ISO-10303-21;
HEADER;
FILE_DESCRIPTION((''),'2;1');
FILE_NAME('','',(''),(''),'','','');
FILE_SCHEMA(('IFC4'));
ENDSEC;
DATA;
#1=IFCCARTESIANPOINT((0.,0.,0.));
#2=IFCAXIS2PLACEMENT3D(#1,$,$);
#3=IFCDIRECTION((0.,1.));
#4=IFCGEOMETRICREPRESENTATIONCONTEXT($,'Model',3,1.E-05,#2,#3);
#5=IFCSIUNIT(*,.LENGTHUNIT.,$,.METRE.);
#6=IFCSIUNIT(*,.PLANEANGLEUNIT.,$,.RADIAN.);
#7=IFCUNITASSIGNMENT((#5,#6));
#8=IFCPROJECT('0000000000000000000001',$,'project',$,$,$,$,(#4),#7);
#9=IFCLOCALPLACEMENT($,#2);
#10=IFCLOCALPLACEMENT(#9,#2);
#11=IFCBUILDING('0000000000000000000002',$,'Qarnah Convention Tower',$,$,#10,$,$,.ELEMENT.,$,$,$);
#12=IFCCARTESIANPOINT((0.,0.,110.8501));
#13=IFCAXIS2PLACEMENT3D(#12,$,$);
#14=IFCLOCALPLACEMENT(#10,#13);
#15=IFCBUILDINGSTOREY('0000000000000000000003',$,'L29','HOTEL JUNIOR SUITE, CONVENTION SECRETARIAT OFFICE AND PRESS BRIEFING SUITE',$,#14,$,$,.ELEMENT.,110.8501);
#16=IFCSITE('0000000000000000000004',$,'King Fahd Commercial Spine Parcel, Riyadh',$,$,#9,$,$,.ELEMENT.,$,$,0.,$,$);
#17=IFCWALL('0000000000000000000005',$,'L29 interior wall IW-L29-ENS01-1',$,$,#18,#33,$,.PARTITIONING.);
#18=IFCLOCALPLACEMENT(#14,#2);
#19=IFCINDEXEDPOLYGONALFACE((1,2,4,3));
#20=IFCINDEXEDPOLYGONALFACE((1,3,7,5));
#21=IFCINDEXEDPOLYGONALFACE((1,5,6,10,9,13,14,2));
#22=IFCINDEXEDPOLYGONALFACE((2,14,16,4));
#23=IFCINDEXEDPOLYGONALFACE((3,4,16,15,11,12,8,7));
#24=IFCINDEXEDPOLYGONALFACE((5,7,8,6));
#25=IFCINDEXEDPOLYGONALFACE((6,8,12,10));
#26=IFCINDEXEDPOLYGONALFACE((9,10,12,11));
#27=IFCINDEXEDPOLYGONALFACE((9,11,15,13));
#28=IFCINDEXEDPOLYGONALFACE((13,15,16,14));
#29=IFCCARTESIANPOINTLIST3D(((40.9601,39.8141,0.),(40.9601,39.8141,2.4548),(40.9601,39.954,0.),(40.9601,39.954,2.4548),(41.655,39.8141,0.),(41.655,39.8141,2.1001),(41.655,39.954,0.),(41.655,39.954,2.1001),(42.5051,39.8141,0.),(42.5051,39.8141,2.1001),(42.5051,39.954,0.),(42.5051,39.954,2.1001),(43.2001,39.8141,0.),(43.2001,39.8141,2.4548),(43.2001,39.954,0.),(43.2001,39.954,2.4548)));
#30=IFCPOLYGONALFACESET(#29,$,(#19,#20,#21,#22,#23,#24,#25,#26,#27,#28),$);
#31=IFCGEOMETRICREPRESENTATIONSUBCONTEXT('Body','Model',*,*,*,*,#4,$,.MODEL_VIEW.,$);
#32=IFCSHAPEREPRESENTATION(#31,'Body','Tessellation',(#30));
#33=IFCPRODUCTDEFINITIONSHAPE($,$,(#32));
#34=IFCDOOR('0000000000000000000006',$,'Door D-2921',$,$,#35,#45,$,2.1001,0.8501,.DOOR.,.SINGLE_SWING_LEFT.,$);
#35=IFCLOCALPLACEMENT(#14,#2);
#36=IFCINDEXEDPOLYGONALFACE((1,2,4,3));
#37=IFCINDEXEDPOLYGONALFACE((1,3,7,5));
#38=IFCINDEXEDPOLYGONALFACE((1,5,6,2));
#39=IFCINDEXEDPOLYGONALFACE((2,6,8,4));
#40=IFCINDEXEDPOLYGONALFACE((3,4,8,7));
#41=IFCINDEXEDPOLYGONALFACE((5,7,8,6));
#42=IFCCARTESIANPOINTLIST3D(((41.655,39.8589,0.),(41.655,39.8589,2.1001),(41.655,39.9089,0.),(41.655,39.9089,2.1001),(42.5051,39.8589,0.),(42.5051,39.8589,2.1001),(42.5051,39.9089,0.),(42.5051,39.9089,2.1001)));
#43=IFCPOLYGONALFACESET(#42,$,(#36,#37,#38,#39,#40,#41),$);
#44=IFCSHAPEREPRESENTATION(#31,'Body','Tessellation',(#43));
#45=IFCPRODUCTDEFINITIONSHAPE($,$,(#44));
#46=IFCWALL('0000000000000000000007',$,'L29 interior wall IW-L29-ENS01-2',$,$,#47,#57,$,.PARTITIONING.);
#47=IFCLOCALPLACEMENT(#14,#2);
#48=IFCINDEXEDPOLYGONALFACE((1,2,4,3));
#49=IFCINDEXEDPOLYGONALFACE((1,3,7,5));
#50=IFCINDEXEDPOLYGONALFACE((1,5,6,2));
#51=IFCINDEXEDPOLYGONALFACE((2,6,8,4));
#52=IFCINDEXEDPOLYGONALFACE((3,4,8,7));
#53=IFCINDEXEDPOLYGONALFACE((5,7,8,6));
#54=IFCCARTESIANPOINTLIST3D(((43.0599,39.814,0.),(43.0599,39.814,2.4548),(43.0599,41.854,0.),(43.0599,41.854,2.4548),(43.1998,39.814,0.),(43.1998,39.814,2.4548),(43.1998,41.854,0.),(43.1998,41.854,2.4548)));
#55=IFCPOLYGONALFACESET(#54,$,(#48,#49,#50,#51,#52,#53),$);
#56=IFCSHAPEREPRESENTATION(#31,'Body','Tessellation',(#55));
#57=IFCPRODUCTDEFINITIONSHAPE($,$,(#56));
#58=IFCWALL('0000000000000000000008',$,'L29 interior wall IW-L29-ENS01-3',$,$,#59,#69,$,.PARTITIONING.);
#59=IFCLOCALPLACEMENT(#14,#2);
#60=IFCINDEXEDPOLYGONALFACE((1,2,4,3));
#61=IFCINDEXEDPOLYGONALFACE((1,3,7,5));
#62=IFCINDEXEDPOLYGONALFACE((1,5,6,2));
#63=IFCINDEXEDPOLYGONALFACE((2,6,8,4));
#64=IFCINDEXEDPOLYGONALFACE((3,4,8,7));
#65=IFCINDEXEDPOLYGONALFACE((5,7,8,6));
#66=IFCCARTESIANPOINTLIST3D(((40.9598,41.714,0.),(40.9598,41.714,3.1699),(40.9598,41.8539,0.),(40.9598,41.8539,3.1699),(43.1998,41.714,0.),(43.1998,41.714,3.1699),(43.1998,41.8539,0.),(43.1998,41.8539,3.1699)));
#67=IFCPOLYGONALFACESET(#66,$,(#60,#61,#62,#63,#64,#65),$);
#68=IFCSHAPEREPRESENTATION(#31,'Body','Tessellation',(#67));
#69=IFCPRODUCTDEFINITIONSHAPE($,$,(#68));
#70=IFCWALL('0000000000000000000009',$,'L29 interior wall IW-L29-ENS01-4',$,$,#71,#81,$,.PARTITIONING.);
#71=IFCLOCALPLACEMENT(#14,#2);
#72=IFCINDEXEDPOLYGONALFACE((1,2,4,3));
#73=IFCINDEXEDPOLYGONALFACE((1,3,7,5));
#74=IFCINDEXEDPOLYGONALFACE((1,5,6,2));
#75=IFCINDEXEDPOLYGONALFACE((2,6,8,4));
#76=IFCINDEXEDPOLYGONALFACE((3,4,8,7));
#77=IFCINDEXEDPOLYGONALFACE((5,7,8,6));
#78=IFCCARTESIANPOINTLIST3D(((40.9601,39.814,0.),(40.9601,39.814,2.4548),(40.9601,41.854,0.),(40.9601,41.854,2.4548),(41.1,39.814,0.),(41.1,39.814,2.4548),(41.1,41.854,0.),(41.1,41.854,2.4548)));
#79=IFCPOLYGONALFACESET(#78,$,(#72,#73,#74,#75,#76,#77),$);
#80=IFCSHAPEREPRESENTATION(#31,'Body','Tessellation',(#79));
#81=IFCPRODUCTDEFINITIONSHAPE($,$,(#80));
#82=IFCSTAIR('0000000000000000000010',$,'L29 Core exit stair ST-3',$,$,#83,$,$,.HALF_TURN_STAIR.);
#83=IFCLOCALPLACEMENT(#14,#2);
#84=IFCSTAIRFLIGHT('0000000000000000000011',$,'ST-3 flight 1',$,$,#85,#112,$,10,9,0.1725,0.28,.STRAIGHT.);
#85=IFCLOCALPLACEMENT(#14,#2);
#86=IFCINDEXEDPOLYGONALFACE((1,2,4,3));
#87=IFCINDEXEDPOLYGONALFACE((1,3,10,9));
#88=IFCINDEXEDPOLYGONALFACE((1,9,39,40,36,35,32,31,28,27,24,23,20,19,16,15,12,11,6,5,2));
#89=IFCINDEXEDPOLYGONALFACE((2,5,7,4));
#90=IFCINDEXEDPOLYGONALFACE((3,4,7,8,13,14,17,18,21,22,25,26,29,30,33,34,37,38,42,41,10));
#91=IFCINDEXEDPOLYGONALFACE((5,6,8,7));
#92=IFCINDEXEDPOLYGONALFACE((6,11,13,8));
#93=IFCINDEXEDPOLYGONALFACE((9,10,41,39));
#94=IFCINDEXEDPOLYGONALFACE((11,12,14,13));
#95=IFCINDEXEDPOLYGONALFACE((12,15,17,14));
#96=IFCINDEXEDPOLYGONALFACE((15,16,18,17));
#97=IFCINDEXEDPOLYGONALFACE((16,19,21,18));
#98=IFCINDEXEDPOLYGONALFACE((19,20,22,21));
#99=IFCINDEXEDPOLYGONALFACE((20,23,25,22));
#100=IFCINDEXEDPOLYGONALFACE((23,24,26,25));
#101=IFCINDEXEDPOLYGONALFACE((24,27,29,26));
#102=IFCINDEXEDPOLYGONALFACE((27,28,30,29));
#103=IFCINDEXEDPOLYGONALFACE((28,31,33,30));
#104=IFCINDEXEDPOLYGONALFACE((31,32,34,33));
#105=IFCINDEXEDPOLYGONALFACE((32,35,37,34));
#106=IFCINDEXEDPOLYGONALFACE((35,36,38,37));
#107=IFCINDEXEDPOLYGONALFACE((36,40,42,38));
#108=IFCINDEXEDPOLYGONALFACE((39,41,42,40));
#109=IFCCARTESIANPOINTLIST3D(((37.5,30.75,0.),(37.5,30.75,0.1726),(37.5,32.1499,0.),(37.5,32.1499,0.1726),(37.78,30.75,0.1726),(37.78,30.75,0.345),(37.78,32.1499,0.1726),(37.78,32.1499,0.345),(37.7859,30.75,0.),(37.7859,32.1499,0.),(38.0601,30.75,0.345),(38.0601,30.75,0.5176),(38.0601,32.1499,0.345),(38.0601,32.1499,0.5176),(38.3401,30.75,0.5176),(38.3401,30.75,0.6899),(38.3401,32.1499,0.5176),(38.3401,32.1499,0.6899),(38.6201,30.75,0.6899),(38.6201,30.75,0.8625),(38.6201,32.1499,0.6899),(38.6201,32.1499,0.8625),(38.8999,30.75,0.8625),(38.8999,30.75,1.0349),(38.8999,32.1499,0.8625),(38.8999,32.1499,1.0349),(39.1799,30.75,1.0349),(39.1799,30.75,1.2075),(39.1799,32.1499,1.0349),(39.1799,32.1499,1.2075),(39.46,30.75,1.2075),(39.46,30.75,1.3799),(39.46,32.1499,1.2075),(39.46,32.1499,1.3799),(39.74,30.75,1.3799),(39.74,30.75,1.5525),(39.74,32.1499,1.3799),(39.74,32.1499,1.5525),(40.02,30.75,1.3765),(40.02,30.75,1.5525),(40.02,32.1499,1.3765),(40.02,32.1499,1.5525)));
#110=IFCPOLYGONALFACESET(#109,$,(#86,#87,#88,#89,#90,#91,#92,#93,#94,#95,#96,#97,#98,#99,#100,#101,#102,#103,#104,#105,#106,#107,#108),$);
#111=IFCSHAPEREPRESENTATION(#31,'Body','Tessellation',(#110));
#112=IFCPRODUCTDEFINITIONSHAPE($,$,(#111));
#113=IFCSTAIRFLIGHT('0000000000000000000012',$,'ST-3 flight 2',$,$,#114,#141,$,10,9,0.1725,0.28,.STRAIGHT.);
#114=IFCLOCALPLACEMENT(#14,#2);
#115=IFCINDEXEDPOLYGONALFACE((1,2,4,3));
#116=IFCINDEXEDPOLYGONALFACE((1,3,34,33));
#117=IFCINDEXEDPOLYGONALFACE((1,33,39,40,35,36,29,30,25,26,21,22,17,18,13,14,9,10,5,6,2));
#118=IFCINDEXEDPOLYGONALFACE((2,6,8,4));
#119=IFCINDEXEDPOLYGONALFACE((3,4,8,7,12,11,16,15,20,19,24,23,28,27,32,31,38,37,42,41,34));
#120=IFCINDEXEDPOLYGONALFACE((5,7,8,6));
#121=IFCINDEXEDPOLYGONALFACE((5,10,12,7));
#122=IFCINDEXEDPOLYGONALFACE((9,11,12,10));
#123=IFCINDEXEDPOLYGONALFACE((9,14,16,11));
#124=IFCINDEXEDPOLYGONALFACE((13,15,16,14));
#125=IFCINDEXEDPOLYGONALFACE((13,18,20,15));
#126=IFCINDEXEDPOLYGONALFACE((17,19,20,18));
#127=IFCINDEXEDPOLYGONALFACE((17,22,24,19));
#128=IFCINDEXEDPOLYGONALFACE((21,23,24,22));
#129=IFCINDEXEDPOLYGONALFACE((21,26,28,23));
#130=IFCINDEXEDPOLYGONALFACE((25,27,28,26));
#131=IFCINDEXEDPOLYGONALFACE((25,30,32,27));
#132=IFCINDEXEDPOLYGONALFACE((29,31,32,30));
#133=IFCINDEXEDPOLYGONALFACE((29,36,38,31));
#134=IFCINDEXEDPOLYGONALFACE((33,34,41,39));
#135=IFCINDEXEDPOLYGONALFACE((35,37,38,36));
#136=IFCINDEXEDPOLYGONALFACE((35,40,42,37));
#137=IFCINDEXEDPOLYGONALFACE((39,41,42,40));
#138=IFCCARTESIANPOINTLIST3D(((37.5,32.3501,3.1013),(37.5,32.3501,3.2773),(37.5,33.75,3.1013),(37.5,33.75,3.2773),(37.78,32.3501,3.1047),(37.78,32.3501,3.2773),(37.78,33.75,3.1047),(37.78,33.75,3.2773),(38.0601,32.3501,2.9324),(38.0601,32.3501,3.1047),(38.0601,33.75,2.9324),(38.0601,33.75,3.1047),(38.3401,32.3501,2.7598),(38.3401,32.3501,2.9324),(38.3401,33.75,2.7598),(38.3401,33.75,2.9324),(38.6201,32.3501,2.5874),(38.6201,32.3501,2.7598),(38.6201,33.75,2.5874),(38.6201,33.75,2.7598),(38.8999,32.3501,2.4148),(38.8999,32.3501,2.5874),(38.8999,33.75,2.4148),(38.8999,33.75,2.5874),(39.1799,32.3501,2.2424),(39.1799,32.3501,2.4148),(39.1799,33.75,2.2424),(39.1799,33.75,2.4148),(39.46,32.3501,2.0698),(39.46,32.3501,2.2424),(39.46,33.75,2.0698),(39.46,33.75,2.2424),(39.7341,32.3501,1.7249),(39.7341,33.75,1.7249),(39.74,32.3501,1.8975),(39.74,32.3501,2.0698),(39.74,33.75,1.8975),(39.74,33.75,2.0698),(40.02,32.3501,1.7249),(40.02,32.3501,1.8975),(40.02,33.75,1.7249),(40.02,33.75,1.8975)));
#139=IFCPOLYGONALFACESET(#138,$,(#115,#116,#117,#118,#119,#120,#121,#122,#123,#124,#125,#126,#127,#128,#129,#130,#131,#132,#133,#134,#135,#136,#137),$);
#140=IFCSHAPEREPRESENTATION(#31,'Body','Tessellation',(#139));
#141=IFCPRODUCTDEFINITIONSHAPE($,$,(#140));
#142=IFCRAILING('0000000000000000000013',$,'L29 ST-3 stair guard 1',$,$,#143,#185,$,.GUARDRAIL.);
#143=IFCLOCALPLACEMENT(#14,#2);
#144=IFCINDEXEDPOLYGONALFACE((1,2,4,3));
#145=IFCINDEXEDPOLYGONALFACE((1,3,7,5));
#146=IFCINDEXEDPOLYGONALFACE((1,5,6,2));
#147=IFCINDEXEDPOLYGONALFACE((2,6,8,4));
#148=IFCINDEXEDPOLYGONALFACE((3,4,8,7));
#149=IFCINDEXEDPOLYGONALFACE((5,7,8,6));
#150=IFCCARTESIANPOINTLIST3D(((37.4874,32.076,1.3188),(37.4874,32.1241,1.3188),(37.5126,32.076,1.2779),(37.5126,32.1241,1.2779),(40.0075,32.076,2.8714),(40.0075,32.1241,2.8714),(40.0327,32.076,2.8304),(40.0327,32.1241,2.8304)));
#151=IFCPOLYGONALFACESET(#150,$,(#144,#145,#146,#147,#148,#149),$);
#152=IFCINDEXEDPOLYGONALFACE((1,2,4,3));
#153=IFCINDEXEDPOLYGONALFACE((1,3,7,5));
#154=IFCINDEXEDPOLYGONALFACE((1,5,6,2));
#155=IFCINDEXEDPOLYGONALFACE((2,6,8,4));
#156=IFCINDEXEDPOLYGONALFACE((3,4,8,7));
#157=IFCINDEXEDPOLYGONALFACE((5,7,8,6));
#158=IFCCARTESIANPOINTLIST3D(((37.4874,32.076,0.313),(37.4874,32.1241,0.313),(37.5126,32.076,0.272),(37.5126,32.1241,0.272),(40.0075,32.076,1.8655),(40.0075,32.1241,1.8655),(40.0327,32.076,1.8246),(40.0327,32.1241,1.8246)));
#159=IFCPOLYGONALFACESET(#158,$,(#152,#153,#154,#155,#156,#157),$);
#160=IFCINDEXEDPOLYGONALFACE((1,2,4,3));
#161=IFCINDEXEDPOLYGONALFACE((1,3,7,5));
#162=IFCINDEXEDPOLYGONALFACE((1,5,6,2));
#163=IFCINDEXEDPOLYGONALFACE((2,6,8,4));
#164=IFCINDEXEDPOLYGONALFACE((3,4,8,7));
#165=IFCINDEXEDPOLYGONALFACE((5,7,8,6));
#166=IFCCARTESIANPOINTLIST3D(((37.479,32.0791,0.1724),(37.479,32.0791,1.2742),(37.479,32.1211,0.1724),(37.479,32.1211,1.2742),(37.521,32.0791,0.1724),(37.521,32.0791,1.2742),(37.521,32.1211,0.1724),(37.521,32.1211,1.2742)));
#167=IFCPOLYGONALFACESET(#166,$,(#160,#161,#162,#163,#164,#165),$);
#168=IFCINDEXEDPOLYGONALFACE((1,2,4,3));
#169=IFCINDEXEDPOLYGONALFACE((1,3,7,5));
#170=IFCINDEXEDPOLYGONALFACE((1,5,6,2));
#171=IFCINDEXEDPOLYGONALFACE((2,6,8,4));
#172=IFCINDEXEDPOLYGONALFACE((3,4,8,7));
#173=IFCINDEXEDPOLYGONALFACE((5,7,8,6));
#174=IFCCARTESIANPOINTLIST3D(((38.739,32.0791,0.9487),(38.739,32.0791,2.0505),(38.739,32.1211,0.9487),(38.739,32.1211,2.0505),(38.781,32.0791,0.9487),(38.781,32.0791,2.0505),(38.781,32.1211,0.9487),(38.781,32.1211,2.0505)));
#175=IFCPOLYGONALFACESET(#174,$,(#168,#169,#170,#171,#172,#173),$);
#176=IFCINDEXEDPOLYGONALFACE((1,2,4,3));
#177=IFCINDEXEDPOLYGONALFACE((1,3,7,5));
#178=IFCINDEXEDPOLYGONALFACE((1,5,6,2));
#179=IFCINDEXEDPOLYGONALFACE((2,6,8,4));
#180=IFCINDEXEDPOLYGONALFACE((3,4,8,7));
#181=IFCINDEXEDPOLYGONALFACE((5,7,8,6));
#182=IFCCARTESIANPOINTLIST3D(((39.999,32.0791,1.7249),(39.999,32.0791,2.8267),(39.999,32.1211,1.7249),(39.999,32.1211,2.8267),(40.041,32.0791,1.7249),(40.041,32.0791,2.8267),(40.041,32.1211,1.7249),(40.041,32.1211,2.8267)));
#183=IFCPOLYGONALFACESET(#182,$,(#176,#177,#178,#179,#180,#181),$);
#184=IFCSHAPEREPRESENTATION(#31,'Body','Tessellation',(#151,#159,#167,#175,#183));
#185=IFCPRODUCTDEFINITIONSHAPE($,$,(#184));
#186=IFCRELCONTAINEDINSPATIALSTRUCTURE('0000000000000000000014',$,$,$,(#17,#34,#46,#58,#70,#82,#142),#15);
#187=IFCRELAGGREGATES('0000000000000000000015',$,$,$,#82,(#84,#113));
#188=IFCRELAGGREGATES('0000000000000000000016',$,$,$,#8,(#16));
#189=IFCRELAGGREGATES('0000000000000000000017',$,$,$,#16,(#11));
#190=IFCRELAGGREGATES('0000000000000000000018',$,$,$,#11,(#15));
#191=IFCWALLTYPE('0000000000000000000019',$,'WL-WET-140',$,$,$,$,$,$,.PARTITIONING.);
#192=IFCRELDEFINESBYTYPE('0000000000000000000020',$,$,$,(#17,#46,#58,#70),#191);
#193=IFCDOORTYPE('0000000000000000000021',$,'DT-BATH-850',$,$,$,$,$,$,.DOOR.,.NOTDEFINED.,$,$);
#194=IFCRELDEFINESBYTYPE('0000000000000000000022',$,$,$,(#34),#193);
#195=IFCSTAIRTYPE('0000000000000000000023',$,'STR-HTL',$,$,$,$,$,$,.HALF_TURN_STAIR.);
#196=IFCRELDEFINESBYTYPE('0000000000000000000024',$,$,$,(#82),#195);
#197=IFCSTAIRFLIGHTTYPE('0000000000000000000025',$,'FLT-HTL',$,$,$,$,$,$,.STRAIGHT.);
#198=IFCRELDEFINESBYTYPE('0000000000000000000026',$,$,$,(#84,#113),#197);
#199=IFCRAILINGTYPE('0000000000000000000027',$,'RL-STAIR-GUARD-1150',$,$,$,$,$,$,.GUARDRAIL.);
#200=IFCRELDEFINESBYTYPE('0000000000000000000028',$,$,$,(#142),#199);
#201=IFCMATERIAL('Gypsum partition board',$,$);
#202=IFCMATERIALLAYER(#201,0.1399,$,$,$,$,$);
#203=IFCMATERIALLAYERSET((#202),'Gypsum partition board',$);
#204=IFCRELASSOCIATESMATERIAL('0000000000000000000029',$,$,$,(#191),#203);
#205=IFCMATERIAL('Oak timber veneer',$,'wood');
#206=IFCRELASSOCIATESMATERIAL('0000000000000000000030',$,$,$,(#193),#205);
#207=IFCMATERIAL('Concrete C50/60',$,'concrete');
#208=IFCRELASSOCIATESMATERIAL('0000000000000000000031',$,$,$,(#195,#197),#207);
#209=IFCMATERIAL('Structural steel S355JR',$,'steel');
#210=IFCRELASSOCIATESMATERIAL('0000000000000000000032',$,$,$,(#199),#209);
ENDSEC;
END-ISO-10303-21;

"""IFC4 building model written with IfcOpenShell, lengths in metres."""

from ifc_helpers import new_model, si_unit, direction, frame, frame_2d, origin, origin_2d, place, context, subcontext, project, spatial, polyline, rectangle, outline, extrude, material, layer, layer_set, type_object, element, fill, aggregate, save


model = new_model("IFC4")

# Units and contexts
model_context = context("Model", 3, precision=1e-05, world=origin(), true_north=direction((0.0, 1.0)))
body_context = subcontext(model_context, "Body", "Model", "MODEL_VIEW")
ifc_project = project(units=[si_unit("LENGTHUNIT", "METRE"), si_unit("PLANEANGLEUNIT", "RADIAN")], contexts=[model_context])

# Site, building, storey
site_placement = place(None, origin())
site = spatial("IfcSite", under=ifc_project, at=site_placement, Name="King Fahd Commercial Spine Parcel, Riyadh", CompositionType="ELEMENT", RefElevation=0.0)
building_placement = place(site_placement, origin())
building = spatial("IfcBuilding", under=site, at=building_placement, Name="Qarnah Convention Tower", CompositionType="ELEMENT")
storey_placement = place(building_placement, frame((0.0, 0.0, 110.8501)))
storey = spatial("IfcBuildingStorey", under=building, at=storey_placement, Name="L29", Description="HOTEL JUNIOR SUITE, CONVENTION SECRETARIAT OFFICE AND PRESS BRIEFING SUITE", CompositionType="ELEMENT", Elevation=110.8501)

# Shared definitions
ifc_material_1 = material(Name="Structural steel S355JR", Category="steel")

# Shared definitions
ifc_material_2 = material(Name="Gypsum partition board")
ifc_layer_1 = layer(ifc_material_2, 0.1399)
ifc_layer_set_1 = layer_set([ifc_layer_1], Name="Gypsum partition board")
wall_type_1 = type_object("IfcWallType", Name="WL-WET-140", PredefinedType="PARTITIONING", material=ifc_layer_set_1)
ifc_material_3 = material(Name="Oak timber veneer", Category="wood")

# Wall, opening, door
wall_1_placement = place(storey_placement, frame((40.96, 39.884, 0.0), z_axis=(0.0, 0.0, 1.0), x_axis=(1.0, 0.0, 0.0)))
wall_1 = element("IfcWall", 1, at=wall_1_placement, inside=storey, type_object=wall_type_1, Name="L29 interior wall IW-L29-ENS01-1", PredefinedType="PARTITIONING", context=body_context, shape_type="SweptSolid", body=[
    extrude(rectangle(XDim=2.24, YDim=0.1399, at=frame_2d((1.1201, 0.0))), origin(), (0.0, 0.0, 1.0), 2.4548),
])
opening_1_placement = place(wall_1_placement, frame((0.6951, 0.0, 0.0)))
opening_1 = element("IfcOpeningElement", 2, at=opening_1_placement, cuts=wall_1, PredefinedType="OPENING", context=body_context, shape_type="SweptSolid", body=[
    extrude(rectangle(XDim=0.8501, YDim=2.1001, at=frame_2d((0.425, 1.05))), frame((0.0, 0.0798, 0.0), z_axis=(0.0, -1.0, 0.0), x_axis=(1.0, 0.0, 0.0)), (0.0, 0.0, 1.0), 0.1599),
])
door_type_1 = type_object("IfcDoorType", Name="DT-BATH-850", OperationType="NOTDEFINED", PredefinedType="DOOR", material=ifc_material_3)
door_1_placement = place(opening_1_placement, origin())
door_1 = element("IfcDoor", 3, at=door_1_placement, inside=storey, type_object=door_type_1, Name="Door D-2921", OperationType="SINGLE_SWING_LEFT", OverallHeight=2.1001, OverallWidth=0.8501, PredefinedType="DOOR", context=body_context, shape_type="SweptSolid", body=[
    extrude(rectangle(XDim=0.8501, YDim=2.1001, at=frame_2d((0.425, 1.05))), frame((0.0, 0.0249, 0.0), z_axis=(0.0, -1.0, 0.0), x_axis=(1.0, 0.0, 0.0)), (0.0, 0.0, 1.0), 0.05),
])
fill(opening_1, door_1)

# Walls
wall_2_placement = place(storey_placement, frame((43.1299, 39.814, 0.0), z_axis=(0.0, 0.0, 1.0), x_axis=(0.0, 1.0, 0.0)))
element("IfcWall", 4, at=wall_2_placement, inside=storey, type_object=wall_type_1, Name="L29 interior wall IW-L29-ENS01-2", PredefinedType="PARTITIONING", context=body_context, shape_type="SweptSolid", body=[
    extrude(rectangle(XDim=2.04, YDim=0.1399, at=frame_2d((1.02, 0.0))), origin(), (0.0, 0.0, 1.0), 2.4548),
])
wall_3_placement = place(storey_placement, frame((43.2, 41.7839, 0.0), z_axis=(0.0, 0.0, 1.0), x_axis=(-1.0, 0.0, 0.0)))
element("IfcWall", 5, at=wall_3_placement, inside=storey, type_object=wall_type_1, Name="L29 interior wall IW-L29-ENS01-3", PredefinedType="PARTITIONING", context=body_context, shape_type="SweptSolid", body=[
    extrude(rectangle(XDim=2.24, YDim=0.1399, at=frame_2d((1.1201, 0.0))), origin(), (0.0, 0.0, 1.0), 3.1699),
])
wall_4_placement = place(storey_placement, frame((41.03, 41.854, 0.0), z_axis=(0.0, 0.0, 1.0), x_axis=(0.0, -1.0, 0.0)))
element("IfcWall", 6, at=wall_4_placement, inside=storey, type_object=wall_type_1, Name="L29 interior wall IW-L29-ENS01-4", PredefinedType="PARTITIONING", context=body_context, shape_type="SweptSolid", body=[
    extrude(rectangle(XDim=2.04, YDim=0.1399, at=frame_2d((1.02, 0.0))), origin(), (0.0, 0.0, 1.0), 2.4548),
])

# Stair, stair flights
ifc_material_4 = material(Name="Concrete C50/60", Category="concrete")
stair_type = type_object("IfcStairType", Name="STR-HTL", PredefinedType="HALF_TURN_STAIR", material=ifc_material_4)
stair_placement = place(storey_placement, origin())
stair = element("IfcStair", 7, at=stair_placement, inside=storey, type_object=stair_type, Name="L29 Core exit stair ST-3", PredefinedType="HALF_TURN_STAIR")
stair_flight_type = type_object("IfcStairFlightType", Name="FLT-HTL", PredefinedType="STRAIGHT", material=ifc_material_4)
stair_flight_1_placement = place(storey_placement, frame((37.5, 31.45, 0.0), z_axis=(0.0, 0.0, 1.0), x_axis=(1.0, 0.0, 0.0)))
stair_flight_1 = element("IfcStairFlight", 8, at=stair_flight_1_placement, type_object=stair_flight_type, Name="ST-3 flight 1", NumberOfRisers=10, NumberOfTreads=9, PredefinedType="STRAIGHT", RiserHeight=0.1725, TreadLength=0.28, context=body_context, shape_type="SweptSolid", body=[
    extrude(outline(polyline([(0.0, 0.0), (0.0, 0.1726), (0.28, 0.1726), (0.28, 0.345), (0.5601, 0.345), (0.5601, 0.5176), (0.8401, 0.5176), (0.8401, 0.6899), (1.1201, 0.6899), (1.1201, 0.8625), (1.3999, 0.8625), (1.3999, 1.0349), (1.6799, 1.0349), (1.6799, 1.2075), (1.96, 1.2075), (1.96, 1.3799), (2.24, 1.3799), (2.24, 1.5525), (2.52, 1.5525), (2.52, 1.7251), (2.52, 1.3765), (0.2859, 0.0), (0.0, 0.0)])), frame((0.0, 0.7, 0.0), z_axis=(0.0, -1.0, 0.0), x_axis=(1.0, 0.0, 0.0)), (0.0, 0.0, 1.0), 1.3999),
])
stair_flight_2_placement = place(storey_placement, frame((40.02, 33.05, 1.7249), z_axis=(0.0, 0.0, 1.0), x_axis=(-1.0, 0.0, 0.0)))
stair_flight_2 = element("IfcStairFlight", 9, at=stair_flight_2_placement, type_object=stair_flight_type, Name="ST-3 flight 2", NumberOfRisers=10, NumberOfTreads=9, PredefinedType="STRAIGHT", RiserHeight=0.1725, TreadLength=0.28, context=body_context, shape_type="SweptSolid", body=[
    extrude(outline(polyline([(0.0, 0.0), (0.0, 0.1726), (0.28, 0.1726), (0.28, 0.345), (0.5601, 0.345), (0.5601, 0.5176), (0.8401, 0.5176), (0.8401, 0.6899), (1.1201, 0.6899), (1.1201, 0.8625), (1.3999, 0.8625), (1.3999, 1.0349), (1.6799, 1.0349), (1.6799, 1.2075), (1.96, 1.2075), (1.96, 1.3799), (2.24, 1.3799), (2.24, 1.5525), (2.52, 1.5525), (2.52, 1.7251), (2.52, 1.3765), (0.2859, 0.0), (0.0, 0.0)])), frame((0.0, 0.7, 0.0), z_axis=(0.0, -1.0, 0.0), x_axis=(1.0, 0.0, 0.0)), (0.0, 0.0, 1.0), 1.3999),
])
aggregate(stair, [stair_flight_1, stair_flight_2])

# Railing
railing_type_1 = type_object("IfcRailingType", Name="RL-STAIR-GUARD-1150", PredefinedType="GUARDRAIL", material=ifc_material_1)
railing_1_placement = place(storey_placement, frame((37.5, 32.1001, 0.1724)))
element("IfcRailing", 10, at=railing_1_placement, inside=storey, type_object=railing_type_1, Name="L29 ST-3 stair guard 1", PredefinedType="GUARDRAIL", context=body_context, shape_type="SweptSolid", body=[
    extrude(rectangle(XDim=0.0481, YDim=0.0481, at=origin_2d()), frame((0.0, 0.0, 1.126), z_axis=(0.8514, 0.0, 0.524516), x_axis=(0.0, 1.0, 0.0)), (0.0, 0.0, 1.0), 2.96),
    extrude(rectangle(XDim=0.0481, YDim=0.0481, at=origin_2d()), frame((0.0, 0.0, 0.1201), z_axis=(0.8514, 0.0, 0.524516), x_axis=(0.0, 1.0, 0.0)), (0.0, 0.0, 1.0), 2.96),
    extrude(rectangle(XDim=0.042, YDim=0.042, at=origin_2d()), origin(), (0.0, 0.0, 1.0), 1.1018),
    extrude(rectangle(XDim=0.042, YDim=0.042, at=origin_2d()), frame((1.26, 0.0, 0.7764)), (0.0, 0.0, 1.0), 1.1018),
    extrude(rectangle(XDim=0.042, YDim=0.042, at=origin_2d()), frame((2.52, 0.0, 1.5525)), (0.0, 0.0, 1.0), 1.1018),
])

save(model, "model.ifc")
